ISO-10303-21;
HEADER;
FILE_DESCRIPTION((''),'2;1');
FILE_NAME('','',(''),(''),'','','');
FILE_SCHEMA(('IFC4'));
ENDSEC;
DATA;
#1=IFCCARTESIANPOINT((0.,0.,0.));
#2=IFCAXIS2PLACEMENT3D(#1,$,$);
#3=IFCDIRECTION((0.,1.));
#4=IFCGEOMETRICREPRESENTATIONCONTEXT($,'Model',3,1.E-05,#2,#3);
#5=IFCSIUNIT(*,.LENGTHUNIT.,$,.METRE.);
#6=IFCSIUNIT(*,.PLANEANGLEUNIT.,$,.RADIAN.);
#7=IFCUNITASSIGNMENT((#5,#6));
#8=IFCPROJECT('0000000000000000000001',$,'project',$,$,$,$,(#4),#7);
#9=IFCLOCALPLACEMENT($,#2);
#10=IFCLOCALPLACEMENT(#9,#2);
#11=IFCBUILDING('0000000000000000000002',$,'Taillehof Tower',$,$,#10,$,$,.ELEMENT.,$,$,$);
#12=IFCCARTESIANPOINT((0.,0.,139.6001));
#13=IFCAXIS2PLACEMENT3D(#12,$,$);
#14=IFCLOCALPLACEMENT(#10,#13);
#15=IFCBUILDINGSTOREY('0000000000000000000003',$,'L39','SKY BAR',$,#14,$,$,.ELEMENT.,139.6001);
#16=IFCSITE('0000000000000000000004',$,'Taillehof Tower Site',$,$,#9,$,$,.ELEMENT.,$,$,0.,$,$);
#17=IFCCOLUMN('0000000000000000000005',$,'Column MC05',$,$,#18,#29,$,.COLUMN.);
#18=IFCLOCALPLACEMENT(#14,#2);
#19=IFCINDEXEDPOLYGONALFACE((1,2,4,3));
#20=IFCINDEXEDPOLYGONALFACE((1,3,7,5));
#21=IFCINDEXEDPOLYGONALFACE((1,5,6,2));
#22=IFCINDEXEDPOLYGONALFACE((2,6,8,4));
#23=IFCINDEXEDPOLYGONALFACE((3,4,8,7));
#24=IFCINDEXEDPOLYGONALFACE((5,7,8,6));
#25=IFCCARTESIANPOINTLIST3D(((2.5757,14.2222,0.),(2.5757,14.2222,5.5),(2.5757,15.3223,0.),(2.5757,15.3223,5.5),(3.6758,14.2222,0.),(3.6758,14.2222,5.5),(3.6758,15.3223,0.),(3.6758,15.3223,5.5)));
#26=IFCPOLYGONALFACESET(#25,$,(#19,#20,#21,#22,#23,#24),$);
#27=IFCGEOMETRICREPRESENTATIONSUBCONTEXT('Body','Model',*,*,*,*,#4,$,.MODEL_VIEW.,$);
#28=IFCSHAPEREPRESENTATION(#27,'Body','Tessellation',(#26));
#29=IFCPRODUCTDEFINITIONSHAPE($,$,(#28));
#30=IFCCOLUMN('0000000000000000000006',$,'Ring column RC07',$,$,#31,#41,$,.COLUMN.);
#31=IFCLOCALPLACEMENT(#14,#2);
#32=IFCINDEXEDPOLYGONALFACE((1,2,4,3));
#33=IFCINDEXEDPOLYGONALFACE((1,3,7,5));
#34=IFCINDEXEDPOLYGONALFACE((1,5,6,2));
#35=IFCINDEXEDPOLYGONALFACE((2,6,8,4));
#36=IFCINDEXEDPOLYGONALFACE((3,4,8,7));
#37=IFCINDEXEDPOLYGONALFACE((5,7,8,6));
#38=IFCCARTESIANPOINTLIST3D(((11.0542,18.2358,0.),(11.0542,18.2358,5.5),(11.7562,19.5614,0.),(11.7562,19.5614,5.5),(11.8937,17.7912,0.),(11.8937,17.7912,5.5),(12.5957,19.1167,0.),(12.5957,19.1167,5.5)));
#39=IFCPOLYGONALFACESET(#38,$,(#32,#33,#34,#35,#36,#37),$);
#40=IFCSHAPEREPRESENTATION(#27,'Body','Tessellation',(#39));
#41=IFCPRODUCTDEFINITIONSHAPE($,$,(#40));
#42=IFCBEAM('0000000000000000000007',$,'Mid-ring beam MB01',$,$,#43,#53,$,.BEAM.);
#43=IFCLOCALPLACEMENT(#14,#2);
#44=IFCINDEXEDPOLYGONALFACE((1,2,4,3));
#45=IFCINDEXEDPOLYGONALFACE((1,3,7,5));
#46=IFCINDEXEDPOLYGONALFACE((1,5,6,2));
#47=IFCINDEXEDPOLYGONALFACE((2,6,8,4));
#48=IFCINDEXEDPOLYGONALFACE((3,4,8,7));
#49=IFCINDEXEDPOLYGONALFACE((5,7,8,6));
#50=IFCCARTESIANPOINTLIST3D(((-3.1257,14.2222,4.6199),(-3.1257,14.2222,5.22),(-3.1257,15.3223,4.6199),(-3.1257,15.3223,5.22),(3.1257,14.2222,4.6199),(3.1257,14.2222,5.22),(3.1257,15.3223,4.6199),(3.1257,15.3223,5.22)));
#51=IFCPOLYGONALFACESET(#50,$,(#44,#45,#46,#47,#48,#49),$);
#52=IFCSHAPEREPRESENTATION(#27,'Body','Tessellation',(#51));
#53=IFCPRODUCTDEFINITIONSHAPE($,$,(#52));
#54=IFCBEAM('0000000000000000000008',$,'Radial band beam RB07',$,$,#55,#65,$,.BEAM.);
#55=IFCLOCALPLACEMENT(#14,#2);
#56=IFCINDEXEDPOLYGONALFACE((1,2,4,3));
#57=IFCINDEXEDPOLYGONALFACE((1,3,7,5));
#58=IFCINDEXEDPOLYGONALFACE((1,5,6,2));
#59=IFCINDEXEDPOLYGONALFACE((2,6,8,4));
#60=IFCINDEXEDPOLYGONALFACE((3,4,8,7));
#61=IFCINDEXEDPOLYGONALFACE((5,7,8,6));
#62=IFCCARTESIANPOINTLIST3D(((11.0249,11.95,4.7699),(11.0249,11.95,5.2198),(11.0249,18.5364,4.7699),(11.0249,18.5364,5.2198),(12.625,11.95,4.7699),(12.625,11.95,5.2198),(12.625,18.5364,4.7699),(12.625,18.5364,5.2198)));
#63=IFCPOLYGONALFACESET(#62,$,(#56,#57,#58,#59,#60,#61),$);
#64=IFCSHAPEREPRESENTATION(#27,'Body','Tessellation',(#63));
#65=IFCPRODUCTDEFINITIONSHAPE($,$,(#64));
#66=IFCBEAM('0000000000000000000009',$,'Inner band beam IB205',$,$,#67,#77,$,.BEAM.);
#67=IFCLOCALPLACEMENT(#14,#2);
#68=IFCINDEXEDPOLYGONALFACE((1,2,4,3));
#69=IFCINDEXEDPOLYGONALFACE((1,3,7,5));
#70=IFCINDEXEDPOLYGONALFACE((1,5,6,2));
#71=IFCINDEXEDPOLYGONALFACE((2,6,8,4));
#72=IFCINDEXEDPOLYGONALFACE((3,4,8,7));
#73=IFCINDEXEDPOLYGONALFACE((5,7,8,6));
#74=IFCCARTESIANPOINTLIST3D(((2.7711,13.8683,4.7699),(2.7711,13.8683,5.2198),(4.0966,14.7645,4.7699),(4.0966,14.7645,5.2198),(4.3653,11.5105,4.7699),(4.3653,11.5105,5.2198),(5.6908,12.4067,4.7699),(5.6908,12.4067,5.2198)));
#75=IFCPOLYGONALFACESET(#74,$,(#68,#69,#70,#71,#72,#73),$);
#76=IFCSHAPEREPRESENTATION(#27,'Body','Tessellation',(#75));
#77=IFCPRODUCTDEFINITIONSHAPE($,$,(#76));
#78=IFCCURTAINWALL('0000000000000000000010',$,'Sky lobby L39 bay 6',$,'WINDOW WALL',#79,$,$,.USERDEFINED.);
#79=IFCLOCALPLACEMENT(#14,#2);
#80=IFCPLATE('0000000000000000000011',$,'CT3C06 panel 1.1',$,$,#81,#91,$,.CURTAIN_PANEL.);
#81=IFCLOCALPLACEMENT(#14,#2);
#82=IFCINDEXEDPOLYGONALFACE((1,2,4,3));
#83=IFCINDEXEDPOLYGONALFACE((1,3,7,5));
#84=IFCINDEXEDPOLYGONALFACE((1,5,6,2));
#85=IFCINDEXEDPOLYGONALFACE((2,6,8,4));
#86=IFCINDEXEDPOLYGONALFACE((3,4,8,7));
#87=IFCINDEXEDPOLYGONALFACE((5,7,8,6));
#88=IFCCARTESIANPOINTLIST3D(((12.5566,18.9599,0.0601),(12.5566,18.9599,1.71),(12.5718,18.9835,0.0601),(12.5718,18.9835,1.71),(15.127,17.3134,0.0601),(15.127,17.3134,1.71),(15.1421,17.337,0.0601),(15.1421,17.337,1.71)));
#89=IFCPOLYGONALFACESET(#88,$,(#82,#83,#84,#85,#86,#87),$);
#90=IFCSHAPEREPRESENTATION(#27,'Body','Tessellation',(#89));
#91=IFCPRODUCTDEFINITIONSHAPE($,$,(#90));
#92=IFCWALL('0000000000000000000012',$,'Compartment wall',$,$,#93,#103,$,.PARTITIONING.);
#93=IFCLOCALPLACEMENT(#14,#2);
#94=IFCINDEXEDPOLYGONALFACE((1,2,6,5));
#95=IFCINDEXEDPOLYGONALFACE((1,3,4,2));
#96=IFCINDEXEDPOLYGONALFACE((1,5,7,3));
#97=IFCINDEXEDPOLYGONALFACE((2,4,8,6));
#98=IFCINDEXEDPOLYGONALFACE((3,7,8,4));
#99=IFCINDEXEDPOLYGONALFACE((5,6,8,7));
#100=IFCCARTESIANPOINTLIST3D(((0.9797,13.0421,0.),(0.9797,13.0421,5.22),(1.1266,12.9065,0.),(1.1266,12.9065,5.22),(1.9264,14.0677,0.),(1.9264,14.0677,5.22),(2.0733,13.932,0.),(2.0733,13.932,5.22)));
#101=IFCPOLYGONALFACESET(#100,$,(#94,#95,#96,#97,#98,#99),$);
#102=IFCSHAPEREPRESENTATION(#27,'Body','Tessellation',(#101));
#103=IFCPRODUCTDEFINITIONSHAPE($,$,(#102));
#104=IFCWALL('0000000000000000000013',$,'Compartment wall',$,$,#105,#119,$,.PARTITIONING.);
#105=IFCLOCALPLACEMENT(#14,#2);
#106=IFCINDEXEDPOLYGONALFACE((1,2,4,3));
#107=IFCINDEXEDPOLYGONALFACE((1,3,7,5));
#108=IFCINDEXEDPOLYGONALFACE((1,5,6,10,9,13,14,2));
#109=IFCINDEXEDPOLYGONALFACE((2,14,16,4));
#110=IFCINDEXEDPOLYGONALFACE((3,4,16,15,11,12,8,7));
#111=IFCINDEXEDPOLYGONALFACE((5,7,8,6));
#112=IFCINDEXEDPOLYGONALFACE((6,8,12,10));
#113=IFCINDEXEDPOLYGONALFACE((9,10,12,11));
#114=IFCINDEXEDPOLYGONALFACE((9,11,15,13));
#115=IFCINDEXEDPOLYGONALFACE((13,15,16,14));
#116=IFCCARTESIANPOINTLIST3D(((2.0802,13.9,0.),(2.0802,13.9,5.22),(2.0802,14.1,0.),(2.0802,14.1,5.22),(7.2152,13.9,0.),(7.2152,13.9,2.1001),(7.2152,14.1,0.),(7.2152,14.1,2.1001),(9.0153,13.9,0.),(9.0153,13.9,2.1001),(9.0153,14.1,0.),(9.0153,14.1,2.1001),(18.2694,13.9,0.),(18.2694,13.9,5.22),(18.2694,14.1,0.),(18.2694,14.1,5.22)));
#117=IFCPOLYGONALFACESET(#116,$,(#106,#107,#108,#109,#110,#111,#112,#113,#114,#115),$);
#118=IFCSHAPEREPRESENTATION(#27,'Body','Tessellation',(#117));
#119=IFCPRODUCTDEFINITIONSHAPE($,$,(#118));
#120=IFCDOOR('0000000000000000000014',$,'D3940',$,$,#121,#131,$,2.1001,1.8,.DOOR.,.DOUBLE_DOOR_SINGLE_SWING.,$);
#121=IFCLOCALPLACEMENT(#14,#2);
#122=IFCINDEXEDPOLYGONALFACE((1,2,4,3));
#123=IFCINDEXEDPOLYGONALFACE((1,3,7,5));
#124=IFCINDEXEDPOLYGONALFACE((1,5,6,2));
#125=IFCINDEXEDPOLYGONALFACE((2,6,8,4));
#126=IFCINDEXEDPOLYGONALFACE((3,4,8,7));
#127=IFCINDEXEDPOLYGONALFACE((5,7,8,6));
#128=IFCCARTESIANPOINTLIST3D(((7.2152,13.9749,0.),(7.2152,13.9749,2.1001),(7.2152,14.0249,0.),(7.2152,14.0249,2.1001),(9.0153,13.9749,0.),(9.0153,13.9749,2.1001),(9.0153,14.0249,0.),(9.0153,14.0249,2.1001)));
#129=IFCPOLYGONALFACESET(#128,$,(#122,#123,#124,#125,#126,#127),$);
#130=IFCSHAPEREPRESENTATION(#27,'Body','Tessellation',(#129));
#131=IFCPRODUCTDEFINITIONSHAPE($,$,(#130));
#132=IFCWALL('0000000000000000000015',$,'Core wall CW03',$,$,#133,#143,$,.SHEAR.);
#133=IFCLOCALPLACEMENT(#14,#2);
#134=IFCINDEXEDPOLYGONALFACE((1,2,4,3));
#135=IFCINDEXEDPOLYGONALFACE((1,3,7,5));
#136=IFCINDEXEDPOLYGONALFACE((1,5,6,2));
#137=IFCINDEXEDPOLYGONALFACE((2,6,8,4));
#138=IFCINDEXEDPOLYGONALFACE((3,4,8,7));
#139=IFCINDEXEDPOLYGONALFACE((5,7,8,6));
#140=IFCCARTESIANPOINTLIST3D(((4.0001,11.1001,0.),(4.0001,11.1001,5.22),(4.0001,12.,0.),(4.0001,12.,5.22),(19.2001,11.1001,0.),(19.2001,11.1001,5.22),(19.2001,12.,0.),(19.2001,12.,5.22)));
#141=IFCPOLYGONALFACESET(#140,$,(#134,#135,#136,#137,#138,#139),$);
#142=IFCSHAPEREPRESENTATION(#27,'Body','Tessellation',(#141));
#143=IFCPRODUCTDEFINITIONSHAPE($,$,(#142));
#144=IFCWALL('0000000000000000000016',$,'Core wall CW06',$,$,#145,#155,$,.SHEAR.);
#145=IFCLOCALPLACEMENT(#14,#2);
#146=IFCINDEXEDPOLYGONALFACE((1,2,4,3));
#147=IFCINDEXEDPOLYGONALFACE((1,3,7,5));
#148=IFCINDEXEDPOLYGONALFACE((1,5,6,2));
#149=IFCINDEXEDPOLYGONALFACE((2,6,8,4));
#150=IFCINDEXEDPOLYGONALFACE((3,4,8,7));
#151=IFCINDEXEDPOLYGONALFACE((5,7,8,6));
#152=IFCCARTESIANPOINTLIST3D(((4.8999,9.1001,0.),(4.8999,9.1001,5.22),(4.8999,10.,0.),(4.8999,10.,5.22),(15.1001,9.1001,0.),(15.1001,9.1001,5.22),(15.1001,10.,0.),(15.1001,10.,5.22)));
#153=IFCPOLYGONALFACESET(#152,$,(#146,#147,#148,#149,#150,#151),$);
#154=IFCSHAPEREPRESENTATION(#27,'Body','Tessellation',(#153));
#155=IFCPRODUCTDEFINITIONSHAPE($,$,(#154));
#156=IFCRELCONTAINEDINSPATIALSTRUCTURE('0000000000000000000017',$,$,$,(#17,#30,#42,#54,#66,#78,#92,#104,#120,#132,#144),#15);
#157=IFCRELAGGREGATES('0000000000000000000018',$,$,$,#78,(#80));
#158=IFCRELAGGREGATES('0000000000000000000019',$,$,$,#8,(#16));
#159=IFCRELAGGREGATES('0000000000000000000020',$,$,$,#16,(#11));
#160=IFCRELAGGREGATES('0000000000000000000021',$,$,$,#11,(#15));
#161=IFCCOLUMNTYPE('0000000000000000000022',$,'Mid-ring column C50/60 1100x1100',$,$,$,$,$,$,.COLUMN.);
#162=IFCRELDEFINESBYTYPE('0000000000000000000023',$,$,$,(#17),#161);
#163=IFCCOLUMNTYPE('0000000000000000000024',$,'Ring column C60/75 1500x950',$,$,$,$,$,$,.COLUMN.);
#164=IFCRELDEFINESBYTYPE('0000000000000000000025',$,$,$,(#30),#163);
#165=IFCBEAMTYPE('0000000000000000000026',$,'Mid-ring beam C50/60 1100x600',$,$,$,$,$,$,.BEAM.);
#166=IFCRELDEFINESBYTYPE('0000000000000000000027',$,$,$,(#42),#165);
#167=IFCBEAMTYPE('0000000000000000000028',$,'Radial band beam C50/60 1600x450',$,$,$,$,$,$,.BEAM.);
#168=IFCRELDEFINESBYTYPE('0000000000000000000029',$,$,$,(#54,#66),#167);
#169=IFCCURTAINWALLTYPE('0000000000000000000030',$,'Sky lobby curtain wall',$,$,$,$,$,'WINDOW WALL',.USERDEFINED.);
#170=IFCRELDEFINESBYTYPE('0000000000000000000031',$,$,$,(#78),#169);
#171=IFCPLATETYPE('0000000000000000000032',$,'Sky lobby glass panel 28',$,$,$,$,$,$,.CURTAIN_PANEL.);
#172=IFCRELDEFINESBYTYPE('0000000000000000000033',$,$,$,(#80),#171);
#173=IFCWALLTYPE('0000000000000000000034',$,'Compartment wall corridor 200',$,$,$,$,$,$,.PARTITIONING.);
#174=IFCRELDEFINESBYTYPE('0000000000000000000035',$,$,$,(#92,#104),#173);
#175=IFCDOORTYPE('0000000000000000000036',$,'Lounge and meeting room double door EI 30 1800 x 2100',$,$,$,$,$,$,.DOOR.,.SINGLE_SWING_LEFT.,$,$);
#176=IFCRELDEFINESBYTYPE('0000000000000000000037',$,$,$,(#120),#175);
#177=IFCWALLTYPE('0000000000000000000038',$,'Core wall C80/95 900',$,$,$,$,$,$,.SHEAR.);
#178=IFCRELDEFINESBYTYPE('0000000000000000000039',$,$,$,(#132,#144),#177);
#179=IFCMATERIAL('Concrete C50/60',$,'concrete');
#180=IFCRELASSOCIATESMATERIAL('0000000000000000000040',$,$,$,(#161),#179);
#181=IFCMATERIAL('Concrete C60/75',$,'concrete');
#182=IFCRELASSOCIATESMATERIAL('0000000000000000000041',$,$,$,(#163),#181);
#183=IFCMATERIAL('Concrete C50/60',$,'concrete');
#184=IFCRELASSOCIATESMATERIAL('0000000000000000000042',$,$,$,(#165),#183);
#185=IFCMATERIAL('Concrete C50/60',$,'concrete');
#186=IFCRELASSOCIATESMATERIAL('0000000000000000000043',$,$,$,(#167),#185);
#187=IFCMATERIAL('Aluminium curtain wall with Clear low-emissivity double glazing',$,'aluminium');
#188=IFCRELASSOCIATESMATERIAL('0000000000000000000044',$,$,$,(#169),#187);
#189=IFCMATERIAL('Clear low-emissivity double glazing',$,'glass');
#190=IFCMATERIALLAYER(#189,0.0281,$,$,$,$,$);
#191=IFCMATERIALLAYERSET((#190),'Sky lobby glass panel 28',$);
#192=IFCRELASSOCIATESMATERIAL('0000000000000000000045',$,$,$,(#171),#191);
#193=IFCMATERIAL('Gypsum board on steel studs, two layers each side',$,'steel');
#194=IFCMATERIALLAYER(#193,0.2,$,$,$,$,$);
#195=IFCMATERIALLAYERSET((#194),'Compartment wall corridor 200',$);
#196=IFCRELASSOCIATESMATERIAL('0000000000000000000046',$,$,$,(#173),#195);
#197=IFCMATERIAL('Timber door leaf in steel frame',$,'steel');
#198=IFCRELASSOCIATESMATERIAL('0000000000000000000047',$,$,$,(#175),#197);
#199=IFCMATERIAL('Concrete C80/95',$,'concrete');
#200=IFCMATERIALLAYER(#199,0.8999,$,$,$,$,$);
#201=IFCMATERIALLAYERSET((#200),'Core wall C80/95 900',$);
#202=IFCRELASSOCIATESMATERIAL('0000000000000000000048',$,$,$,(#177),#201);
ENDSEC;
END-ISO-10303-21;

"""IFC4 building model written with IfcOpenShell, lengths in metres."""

from ifc_helpers import new_model, si_unit, direction, frame, frame_2d, origin, origin_2d, place, context, subcontext, project, spatial, rectangle, extrude, material, layer, layer_set, material_profile, profile_set, type_object, element, fill, aggregate, save


model = new_model("IFC4")

# Units and contexts
model_context = context("Model", 3, precision=1e-05, world=origin(), true_north=direction((0.0, 1.0)))
body_context = subcontext(model_context, "Body", "Model", "MODEL_VIEW")
ifc_project = project(units=[si_unit("LENGTHUNIT", "METRE"), si_unit("PLANEANGLEUNIT", "RADIAN")], contexts=[model_context])

# Site, building, storey
site_placement = place(None, origin())
site = spatial("IfcSite", under=ifc_project, at=site_placement, Name="Taillehof Tower Site", CompositionType="ELEMENT", RefElevation=0.0)
building_placement = place(site_placement, origin())
building = spatial("IfcBuilding", under=site, at=building_placement, Name="Taillehof Tower", CompositionType="ELEMENT")
storey_placement = place(building_placement, frame((0.0, 0.0, 139.6001)))
storey = spatial("IfcBuildingStorey", under=building, at=storey_placement, Name="L39", Description="SKY BAR", CompositionType="ELEMENT", Elevation=139.6001)

# Columns
ifc_material_1 = material(Name="Concrete C50/60", Category="concrete")
ifc_material_profile_1 = material_profile(ifc_material_1, rectangle(XDim=1.1001, YDim=1.1001, at=origin_2d()), Name="RC 1100x1100")
ifc_profile_set_1 = profile_set([ifc_material_profile_1], Name="Concrete C50/60")
column_type_1 = type_object("IfcColumnType", Name="Mid-ring column C50/60 1100x1100", PredefinedType="COLUMN", material=ifc_profile_set_1)
column_1_placement = place(storey_placement, frame((3.1257, 14.7722, 0.0), z_axis=(0.0, 0.0, 1.0), x_axis=(1.0, 0.0, 0.0)))
element("IfcColumn", 1, at=column_1_placement, inside=storey, type_object=column_type_1, Name="Column MC05", PredefinedType="COLUMN", context=body_context, shape_type="SweptSolid", body=[
    extrude(rectangle(XDim=1.1001, YDim=1.1001, at=origin_2d()), origin(), (0.0, 0.0, 1.0), 5.5),
])
ifc_material_2 = material(Name="Concrete C60/75", Category="concrete")
ifc_material_profile_2 = material_profile(ifc_material_2, rectangle(XDim=1.5, YDim=0.95, at=origin_2d()), Name="RC 1500x950")
ifc_profile_set_2 = profile_set([ifc_material_profile_2], Name="Concrete C60/75")
column_type_2 = type_object("IfcColumnType", Name="Ring column C60/75 1500x950", PredefinedType="COLUMN", material=ifc_profile_set_2)
column_2_placement = place(storey_placement, frame((11.825, 18.6763, 0.0), z_axis=(0.0, 0.0, 1.0), x_axis=(0.468042, 0.883706, 0.0)))
element("IfcColumn", 2, at=column_2_placement, inside=storey, type_object=column_type_2, Name="Ring column RC07", PredefinedType="COLUMN", context=body_context, shape_type="SweptSolid", body=[
    extrude(rectangle(XDim=1.5, YDim=0.95, at=origin_2d()), origin(), (0.0, 0.0, 1.0), 5.5),
])

# Beams
ifc_material_3 = material(Name="Concrete C50/60", Category="concrete")
ifc_material_profile_3 = material_profile(ifc_material_3, rectangle(XDim=1.1001, YDim=0.6001, at=origin_2d()), Name="RC 1100x600")
ifc_profile_set_3 = profile_set([ifc_material_profile_3], Name="Concrete C50/60")
beam_type_1 = type_object("IfcBeamType", Name="Mid-ring beam C50/60 1100x600", PredefinedType="BEAM", material=ifc_profile_set_3)
beam_1_placement = place(storey_placement, frame((3.1257, 14.7722, 4.9199), z_axis=(-1.0, 0.0, 0.0), x_axis=(0.0, -1.0, 0.0)))
element("IfcBeam", 3, at=beam_1_placement, inside=storey, type_object=beam_type_1, Name="Mid-ring beam MB01", PredefinedType="BEAM", context=body_context, shape_type="SweptSolid", body=[
    extrude(rectangle(XDim=1.1001, YDim=0.6001, at=origin_2d()), origin(), (0.0, 0.0, 1.0), 6.2515),
])
ifc_material_4 = material(Name="Concrete C50/60", Category="concrete")
ifc_material_profile_4 = material_profile(ifc_material_4, rectangle(XDim=1.6001, YDim=0.45, at=origin_2d()), Name="RC 1600x450")
ifc_profile_set_4 = profile_set([ifc_material_profile_4], Name="Concrete C50/60")
beam_type_2 = type_object("IfcBeamType", Name="Radial band beam C50/60 1600x450", PredefinedType="BEAM", material=ifc_profile_set_4)
beam_2_placement = place(storey_placement, frame((11.825, 18.5364, 4.9949), z_axis=(0.0, -1.0, 0.0), x_axis=(1.0, 0.0, 0.0)))
element("IfcBeam", 4, at=beam_2_placement, inside=storey, type_object=beam_type_2, Name="Radial band beam RB07", PredefinedType="BEAM", context=body_context, shape_type="SweptSolid", body=[
    extrude(rectangle(XDim=1.6001, YDim=0.45, at=origin_2d()), origin(), (0.0, 0.0, 1.0), 6.5864),
])
beam_3_placement = place(storey_placement, frame((3.4338, 14.3164, 4.9949), z_axis=(0.560112, -0.828417, 0.0), x_axis=(0.828417, 0.560112, 0.0)))
element("IfcBeam", 5, at=beam_3_placement, inside=storey, type_object=beam_type_2, Name="Inner band beam IB205", PredefinedType="BEAM", context=body_context, shape_type="SweptSolid", body=[
    extrude(rectangle(XDim=1.6001, YDim=0.45, at=origin_2d()), origin(), (0.0, 0.0, 1.0), 2.8462),
])

# Curtain wall, plate
ifc_material_5 = material(Name="Aluminium curtain wall with Clear low-emissivity double glazing", Category="aluminium")
curtain_wall_type = type_object("IfcCurtainWallType", Name="Sky lobby curtain wall", ElementType="WINDOW WALL", PredefinedType="USERDEFINED", material=ifc_material_5)
curtain_wall_placement = place(storey_placement, origin())
curtain_wall = element("IfcCurtainWall", 6, at=curtain_wall_placement, inside=storey, type_object=curtain_wall_type, Name="Sky lobby L39 bay 6", ObjectType="WINDOW WALL", PredefinedType="USERDEFINED")
ifc_material_6 = material(Name="Clear low-emissivity double glazing", Category="glass")
ifc_layer_1 = layer(ifc_material_6, 0.0281)
ifc_layer_set_1 = layer_set([ifc_layer_1], Name="Sky lobby glass panel 28")
plate_type = type_object("IfcPlateType", Name="Sky lobby glass panel 28", PredefinedType="CURTAIN_PANEL", material=ifc_layer_set_1)
plate_placement = place(storey_placement, frame((13.8494, 18.1484, 0.0601), z_axis=(0.0, 0.0, 1.0), x_axis=(-0.842053, 0.539394, 0.0)))
plate = element("IfcPlate", 7, at=plate_placement, type_object=plate_type, Name="CT3C06 panel 1.1", PredefinedType="CURTAIN_PANEL", context=body_context, shape_type="SweptSolid", body=[
    extrude(rectangle(XDim=3.0525, YDim=0.0281, at=origin_2d()), origin(), (0.0, 0.0, 1.0), 1.6499),
])
aggregate(curtain_wall, [plate])

# Wall
ifc_material_7 = material(Name="Gypsum board on steel studs, two layers each side", Category="steel")
ifc_layer_2 = layer(ifc_material_7, 0.2)
ifc_layer_set_2 = layer_set([ifc_layer_2], Name="Compartment wall corridor 200")
wall_type_1 = type_object("IfcWallType", Name="Compartment wall corridor 200", PredefinedType="PARTITIONING", material=ifc_layer_set_2)
wall_1_placement = place(storey_placement, frame((1.0532, 12.9744, 0.0), z_axis=(0.0, 0.0, 1.0), x_axis=(0.678295, 0.73479, 0.0)))
element("IfcWall", 8, at=wall_1_placement, inside=storey, type_object=wall_type_1, Name="Compartment wall", PredefinedType="PARTITIONING", context=body_context, shape_type="SweptSolid", body=[
    extrude(rectangle(XDim=1.3958, YDim=0.2, at=frame_2d((0.6978, 0.0))), origin(), (0.0, 0.0, 1.0), 5.22),
])

# Wall, opening, door
wall_2_placement = place(storey_placement, frame((2.0801, 14.0, 0.0), z_axis=(0.0, 0.0, 1.0), x_axis=(1.0, 0.0, 0.0)))
wall_2 = element("IfcWall", 9, at=wall_2_placement, inside=storey, type_object=wall_type_1, Name="Compartment wall", PredefinedType="PARTITIONING", context=body_context, shape_type="SweptSolid", body=[
    extrude(rectangle(XDim=16.1892, YDim=0.2, at=frame_2d((8.0947, 0.0))), origin(), (0.0, 0.0, 1.0), 5.22),
])
opening_placement = place(wall_2_placement, frame((5.1353, 0.0, 0.0)))
opening = element("IfcOpeningElement", 10, at=opening_placement, cuts=wall_2, PredefinedType="OPENING", context=body_context, shape_type="SweptSolid", body=[
    extrude(rectangle(XDim=1.8, YDim=2.1001, at=frame_2d((0.8999, 1.05))), frame((0.0, 0.1099, 0.0), z_axis=(0.0, -1.0, 0.0), x_axis=(1.0, 0.0, 0.0)), (0.0, 0.0, 1.0), 0.22),
])
ifc_material_8 = material(Name="Timber door leaf in steel frame", Category="steel")
door_type = type_object("IfcDoorType", Name="Lounge and meeting room double door EI 30 1800 x 2100", OperationType="SINGLE_SWING_LEFT", PredefinedType="DOOR", material=ifc_material_8)
door_placement = place(opening_placement, origin())
door = element("IfcDoor", 11, at=door_placement, inside=storey, type_object=door_type, Name="D3940", OperationType="DOUBLE_DOOR_SINGLE_SWING", OverallHeight=2.1001, OverallWidth=1.8, PredefinedType="DOOR", context=body_context, shape_type="SweptSolid", body=[
    extrude(rectangle(XDim=1.8, YDim=2.1001, at=frame_2d((0.8999, 1.05))), frame((0.0, 0.0249, 0.0), z_axis=(0.0, -1.0, 0.0), x_axis=(1.0, 0.0, 0.0)), (0.0, 0.0, 1.0), 0.05),
])
fill(opening, door)

# Walls
ifc_material_9 = material(Name="Concrete C80/95", Category="concrete")
ifc_layer_3 = layer(ifc_material_9, 0.8999)
ifc_layer_set_3 = layer_set([ifc_layer_3], Name="Core wall C80/95 900")
wall_type_2 = type_object("IfcWallType", Name="Core wall C80/95 900", PredefinedType="SHEAR", material=ifc_layer_set_3)
wall_3_placement = place(storey_placement, frame((4.0, 11.55, 0.0), z_axis=(0.0, 0.0, 1.0), x_axis=(1.0, 0.0, 0.0)))
element("IfcWall", 12, at=wall_3_placement, inside=storey, type_object=wall_type_2, Name="Core wall CW03", PredefinedType="SHEAR", context=body_context, shape_type="SweptSolid", body=[
    extrude(rectangle(XDim=15.2, YDim=0.8999, at=frame_2d((7.6001, 0.0))), origin(), (0.0, 0.0, 1.0), 5.22),
])
wall_4_placement = place(storey_placement, frame((4.8999, 9.55, 0.0), z_axis=(0.0, 0.0, 1.0), x_axis=(1.0, 0.0, 0.0)))
element("IfcWall", 13, at=wall_4_placement, inside=storey, type_object=wall_type_2, Name="Core wall CW06", PredefinedType="SHEAR", context=body_context, shape_type="SweptSolid", body=[
    extrude(rectangle(XDim=10.2002, YDim=0.8999, at=frame_2d((5.1001, 0.0))), origin(), (0.0, 0.0, 1.0), 5.22),
])

save(model, "model.ifc")
